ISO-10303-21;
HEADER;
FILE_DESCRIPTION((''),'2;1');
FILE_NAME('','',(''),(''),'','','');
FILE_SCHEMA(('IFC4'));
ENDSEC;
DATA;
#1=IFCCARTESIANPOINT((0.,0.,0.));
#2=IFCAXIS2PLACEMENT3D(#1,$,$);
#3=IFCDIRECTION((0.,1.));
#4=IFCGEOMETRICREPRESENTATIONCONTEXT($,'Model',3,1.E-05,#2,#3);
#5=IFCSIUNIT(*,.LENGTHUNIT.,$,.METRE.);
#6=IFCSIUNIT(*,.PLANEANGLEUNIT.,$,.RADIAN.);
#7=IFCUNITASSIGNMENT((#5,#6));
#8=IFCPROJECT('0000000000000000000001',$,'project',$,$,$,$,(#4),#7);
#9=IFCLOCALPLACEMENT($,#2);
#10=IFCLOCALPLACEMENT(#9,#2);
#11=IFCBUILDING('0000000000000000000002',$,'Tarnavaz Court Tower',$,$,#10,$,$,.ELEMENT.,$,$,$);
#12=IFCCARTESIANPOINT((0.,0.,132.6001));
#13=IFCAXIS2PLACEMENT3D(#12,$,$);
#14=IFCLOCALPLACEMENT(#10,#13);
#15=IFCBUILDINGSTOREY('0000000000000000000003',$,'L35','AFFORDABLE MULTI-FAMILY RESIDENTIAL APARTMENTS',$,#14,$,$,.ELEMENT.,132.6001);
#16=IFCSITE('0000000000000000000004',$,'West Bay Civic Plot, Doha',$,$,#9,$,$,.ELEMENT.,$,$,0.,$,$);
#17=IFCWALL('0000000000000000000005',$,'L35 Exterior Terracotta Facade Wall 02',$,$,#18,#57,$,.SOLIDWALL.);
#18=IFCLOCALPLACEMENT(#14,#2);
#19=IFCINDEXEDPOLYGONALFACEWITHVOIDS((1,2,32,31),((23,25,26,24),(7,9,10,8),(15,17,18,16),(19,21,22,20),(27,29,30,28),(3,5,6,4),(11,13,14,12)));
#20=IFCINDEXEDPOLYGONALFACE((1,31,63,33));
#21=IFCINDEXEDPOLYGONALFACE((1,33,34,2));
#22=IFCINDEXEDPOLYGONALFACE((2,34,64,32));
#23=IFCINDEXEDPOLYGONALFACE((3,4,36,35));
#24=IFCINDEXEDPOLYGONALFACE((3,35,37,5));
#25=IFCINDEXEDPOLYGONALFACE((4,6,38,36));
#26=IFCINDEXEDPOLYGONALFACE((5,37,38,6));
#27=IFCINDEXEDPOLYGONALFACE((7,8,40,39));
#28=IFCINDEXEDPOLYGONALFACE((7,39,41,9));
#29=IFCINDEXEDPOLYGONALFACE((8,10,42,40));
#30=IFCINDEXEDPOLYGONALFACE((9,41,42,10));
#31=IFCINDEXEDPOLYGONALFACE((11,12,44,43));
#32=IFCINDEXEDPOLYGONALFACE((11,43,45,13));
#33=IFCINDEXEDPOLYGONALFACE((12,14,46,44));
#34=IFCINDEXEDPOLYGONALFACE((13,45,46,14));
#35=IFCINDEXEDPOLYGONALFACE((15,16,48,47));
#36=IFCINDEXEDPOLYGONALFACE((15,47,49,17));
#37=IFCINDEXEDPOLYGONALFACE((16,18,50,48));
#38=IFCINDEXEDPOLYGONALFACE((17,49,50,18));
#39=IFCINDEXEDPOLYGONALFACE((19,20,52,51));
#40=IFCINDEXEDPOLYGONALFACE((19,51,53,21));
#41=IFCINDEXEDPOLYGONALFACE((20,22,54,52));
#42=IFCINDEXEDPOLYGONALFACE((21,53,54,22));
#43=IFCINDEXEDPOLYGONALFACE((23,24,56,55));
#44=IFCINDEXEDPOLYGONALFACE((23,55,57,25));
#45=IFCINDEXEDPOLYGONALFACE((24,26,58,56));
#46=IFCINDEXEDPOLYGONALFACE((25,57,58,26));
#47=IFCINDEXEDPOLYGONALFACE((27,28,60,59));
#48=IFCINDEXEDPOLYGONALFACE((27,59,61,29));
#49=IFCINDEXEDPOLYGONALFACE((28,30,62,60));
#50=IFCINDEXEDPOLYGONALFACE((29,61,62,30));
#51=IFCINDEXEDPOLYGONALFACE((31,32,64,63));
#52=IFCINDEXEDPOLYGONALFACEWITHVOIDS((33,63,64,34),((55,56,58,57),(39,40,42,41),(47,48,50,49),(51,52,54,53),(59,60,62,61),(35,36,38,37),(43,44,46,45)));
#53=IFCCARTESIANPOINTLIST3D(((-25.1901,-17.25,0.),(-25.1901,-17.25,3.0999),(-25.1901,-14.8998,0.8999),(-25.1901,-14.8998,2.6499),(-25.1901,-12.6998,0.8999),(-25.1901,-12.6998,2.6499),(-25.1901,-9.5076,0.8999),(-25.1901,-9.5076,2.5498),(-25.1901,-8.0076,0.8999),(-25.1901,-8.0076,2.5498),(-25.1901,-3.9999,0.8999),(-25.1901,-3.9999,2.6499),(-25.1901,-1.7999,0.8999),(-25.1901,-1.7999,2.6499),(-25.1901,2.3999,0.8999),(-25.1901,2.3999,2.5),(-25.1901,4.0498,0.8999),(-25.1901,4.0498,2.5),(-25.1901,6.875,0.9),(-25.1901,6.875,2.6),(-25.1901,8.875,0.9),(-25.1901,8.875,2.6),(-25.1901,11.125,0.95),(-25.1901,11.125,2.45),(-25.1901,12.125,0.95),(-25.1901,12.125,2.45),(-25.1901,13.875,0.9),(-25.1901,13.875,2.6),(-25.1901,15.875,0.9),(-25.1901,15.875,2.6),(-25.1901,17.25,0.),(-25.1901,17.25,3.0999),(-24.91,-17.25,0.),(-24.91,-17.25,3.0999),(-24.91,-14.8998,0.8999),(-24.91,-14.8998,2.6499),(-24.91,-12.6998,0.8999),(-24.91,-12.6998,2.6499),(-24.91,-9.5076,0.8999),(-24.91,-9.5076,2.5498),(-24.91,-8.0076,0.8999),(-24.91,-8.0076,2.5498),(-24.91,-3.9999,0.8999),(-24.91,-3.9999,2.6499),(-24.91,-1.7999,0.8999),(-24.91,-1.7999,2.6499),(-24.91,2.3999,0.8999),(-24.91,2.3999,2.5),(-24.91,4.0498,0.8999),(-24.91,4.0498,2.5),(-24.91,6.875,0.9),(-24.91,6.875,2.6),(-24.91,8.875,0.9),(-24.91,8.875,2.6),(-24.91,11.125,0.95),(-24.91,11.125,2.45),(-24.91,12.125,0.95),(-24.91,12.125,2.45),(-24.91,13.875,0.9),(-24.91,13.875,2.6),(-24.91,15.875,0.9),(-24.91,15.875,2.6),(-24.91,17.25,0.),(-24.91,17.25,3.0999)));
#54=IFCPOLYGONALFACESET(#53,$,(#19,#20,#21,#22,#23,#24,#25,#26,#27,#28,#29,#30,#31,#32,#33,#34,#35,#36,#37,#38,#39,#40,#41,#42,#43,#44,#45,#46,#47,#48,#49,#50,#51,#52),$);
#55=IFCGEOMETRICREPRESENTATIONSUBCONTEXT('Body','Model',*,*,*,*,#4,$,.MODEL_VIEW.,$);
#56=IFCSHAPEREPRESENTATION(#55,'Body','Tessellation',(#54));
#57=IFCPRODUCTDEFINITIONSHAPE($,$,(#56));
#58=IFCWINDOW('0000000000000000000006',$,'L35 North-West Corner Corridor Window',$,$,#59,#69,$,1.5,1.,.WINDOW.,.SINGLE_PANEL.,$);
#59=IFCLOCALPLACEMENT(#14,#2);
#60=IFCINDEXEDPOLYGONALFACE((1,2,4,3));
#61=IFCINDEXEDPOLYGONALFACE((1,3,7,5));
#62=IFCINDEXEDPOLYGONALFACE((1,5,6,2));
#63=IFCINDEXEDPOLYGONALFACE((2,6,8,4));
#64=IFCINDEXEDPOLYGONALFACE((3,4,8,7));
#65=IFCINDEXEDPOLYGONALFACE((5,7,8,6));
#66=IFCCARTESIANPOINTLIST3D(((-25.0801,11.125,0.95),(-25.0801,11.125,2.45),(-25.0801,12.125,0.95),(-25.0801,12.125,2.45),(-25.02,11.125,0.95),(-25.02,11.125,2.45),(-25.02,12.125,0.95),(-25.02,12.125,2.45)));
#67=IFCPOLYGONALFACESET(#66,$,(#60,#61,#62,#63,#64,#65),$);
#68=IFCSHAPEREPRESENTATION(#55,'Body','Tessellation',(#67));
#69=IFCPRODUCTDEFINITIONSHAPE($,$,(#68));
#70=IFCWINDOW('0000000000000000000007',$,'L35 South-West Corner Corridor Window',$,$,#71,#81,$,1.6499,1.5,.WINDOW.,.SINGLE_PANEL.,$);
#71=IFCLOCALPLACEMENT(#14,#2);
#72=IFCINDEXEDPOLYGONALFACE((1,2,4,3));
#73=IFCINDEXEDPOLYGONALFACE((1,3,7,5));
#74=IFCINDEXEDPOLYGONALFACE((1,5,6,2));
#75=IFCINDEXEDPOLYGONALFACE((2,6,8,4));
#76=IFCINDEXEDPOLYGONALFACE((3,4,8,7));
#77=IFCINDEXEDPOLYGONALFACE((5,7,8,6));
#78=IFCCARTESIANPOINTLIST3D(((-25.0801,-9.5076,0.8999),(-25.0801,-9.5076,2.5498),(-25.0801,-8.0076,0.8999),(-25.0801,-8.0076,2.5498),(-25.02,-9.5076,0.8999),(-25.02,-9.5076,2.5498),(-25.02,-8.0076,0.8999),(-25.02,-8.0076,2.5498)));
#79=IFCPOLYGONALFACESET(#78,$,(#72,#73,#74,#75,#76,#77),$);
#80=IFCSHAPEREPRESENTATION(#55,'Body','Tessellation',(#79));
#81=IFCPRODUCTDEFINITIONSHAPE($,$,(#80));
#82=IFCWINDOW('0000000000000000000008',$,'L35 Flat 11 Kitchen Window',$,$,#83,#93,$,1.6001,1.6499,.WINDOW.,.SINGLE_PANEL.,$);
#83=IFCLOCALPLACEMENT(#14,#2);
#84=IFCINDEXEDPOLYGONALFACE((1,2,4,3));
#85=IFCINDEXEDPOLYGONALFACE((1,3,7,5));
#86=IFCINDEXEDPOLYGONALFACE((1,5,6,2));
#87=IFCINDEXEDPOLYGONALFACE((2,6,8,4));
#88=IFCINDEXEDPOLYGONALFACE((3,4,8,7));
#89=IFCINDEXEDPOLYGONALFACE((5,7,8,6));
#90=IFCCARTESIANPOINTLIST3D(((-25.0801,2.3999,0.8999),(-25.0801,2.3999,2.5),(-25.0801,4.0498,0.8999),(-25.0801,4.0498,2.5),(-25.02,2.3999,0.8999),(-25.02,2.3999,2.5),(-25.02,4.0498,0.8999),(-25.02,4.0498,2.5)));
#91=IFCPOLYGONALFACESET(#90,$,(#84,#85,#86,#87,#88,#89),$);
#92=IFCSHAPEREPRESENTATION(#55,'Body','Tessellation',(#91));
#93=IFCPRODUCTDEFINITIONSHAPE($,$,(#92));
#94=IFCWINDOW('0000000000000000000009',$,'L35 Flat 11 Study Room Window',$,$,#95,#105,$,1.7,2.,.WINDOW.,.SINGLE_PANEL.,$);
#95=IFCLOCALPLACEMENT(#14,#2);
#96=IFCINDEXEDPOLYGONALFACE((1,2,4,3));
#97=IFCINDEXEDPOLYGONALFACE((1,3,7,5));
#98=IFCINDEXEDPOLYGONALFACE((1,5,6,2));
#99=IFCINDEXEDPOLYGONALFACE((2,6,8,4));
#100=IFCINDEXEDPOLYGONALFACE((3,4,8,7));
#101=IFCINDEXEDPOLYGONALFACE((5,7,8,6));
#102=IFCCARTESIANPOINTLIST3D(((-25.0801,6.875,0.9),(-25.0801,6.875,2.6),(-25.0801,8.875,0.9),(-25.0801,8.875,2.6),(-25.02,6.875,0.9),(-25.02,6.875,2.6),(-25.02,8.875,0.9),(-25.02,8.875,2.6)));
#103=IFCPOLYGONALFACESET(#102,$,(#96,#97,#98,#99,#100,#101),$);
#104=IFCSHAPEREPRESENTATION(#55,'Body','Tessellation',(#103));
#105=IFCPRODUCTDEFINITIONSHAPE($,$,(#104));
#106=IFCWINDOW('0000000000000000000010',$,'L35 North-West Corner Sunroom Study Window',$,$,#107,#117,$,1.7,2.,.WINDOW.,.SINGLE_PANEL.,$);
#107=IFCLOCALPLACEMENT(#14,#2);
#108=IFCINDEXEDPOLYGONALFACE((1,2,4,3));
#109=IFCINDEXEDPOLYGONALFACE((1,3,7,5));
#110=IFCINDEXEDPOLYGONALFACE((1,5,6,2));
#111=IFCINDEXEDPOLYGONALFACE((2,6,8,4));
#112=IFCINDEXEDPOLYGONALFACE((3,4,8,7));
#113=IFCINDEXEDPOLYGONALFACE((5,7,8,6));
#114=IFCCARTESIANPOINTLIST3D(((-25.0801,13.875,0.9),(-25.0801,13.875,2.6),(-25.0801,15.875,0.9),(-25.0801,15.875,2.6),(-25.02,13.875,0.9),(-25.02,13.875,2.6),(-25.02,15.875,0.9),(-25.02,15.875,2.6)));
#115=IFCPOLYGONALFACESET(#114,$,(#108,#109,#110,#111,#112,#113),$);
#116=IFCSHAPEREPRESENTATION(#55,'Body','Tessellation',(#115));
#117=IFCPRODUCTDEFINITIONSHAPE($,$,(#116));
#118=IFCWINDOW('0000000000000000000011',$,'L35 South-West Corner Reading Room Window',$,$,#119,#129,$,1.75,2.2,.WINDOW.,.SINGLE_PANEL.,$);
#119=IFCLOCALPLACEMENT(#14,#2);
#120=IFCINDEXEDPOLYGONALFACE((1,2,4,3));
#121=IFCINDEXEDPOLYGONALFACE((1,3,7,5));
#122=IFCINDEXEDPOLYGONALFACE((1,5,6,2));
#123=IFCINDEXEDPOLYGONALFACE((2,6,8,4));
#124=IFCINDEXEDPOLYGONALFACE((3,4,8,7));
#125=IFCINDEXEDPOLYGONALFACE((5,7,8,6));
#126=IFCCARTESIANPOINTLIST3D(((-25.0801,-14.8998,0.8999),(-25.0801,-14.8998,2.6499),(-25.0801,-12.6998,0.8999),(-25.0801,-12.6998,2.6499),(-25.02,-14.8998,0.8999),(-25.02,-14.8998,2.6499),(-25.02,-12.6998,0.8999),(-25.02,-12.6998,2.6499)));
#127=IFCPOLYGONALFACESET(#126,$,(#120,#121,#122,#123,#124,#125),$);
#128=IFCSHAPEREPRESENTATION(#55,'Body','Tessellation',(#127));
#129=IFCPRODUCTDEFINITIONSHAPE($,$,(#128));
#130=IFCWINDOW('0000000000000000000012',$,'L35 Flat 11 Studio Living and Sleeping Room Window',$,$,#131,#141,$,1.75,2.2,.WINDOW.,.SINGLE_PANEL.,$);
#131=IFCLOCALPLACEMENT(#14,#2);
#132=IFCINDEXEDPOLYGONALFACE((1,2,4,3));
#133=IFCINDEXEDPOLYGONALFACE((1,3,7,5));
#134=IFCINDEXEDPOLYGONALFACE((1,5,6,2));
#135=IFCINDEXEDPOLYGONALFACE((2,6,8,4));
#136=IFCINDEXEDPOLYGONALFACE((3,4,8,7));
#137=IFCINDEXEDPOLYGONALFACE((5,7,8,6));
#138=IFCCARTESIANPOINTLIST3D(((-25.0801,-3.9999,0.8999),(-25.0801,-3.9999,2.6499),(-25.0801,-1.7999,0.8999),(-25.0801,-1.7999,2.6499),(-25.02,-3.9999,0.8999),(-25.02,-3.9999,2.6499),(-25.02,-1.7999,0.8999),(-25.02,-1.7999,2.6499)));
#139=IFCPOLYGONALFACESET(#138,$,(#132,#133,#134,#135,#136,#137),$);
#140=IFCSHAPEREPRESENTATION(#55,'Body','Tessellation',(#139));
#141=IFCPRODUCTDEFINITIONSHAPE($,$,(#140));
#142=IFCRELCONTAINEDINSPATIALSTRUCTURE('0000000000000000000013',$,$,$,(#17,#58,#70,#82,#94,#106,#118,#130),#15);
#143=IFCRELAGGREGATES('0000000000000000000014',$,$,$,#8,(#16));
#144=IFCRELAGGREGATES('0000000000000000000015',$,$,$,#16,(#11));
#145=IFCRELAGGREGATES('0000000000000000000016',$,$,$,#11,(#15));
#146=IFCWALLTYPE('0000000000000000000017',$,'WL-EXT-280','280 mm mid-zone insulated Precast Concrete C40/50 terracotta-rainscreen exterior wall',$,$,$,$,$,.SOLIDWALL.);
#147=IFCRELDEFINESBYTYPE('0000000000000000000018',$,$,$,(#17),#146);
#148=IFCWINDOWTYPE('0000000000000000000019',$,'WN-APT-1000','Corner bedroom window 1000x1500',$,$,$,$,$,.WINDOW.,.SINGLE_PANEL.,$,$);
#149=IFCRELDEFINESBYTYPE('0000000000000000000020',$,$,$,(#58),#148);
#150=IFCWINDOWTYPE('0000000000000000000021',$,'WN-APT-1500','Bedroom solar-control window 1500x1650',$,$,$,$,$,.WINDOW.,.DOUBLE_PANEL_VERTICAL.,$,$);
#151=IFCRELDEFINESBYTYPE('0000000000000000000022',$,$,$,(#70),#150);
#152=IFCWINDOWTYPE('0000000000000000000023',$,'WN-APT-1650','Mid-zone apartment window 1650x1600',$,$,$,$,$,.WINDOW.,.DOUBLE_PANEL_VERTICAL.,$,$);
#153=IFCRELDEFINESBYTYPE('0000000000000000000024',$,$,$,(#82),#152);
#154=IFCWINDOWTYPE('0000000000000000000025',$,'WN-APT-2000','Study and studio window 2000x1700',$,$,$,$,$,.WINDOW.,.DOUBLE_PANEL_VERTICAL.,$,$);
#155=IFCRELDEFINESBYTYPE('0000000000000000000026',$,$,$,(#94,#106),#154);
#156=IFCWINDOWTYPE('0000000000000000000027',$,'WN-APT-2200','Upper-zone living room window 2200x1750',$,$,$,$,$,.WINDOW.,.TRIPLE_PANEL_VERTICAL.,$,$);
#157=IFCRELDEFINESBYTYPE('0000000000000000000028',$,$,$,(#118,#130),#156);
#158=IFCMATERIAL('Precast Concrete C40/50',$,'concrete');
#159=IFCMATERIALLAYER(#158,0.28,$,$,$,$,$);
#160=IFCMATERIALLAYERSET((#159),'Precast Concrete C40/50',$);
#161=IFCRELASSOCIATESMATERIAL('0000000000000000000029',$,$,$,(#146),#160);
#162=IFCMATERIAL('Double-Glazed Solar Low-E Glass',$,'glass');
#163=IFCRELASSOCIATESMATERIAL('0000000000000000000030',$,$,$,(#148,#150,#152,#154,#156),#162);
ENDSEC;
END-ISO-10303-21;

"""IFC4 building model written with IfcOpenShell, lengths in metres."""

from ifc_helpers import new_model, si_unit, direction, frame, frame_2d, origin, place, context, subcontext, project, spatial, rectangle, extrude, material, layer, layer_set, type_object, element, fill, save


model = new_model("IFC4")

# Units and contexts
model_context = context("Model", 3, precision=1e-05, world=origin(), true_north=direction((0.0, 1.0)))
body_context = subcontext(model_context, "Body", "Model", "MODEL_VIEW")
ifc_project = project(units=[si_unit("LENGTHUNIT", "METRE"), si_unit("PLANEANGLEUNIT", "RADIAN")], contexts=[model_context])

# Site, building, storey
site_placement = place(None, origin())
site = spatial("IfcSite", under=ifc_project, at=site_placement, Name="West Bay Civic Plot, Doha", CompositionType="ELEMENT", RefElevation=0.0)
building_placement = place(site_placement, origin())
building = spatial("IfcBuilding", under=site, at=building_placement, Name="Tarnavaz Court Tower", CompositionType="ELEMENT")
storey_placement = place(building_placement, frame((0.0, 0.0, 132.6001)))
storey = spatial("IfcBuildingStorey", under=building, at=storey_placement, Name="L35", Description="AFFORDABLE MULTI-FAMILY RESIDENTIAL APARTMENTS", CompositionType="ELEMENT", Elevation=132.6001)

# Shared definitions
ifc_material_1 = material(Name="Precast Concrete C40/50", Category="concrete")
ifc_layer_1 = layer(ifc_material_1, 0.28)
ifc_layer_set_1 = layer_set([ifc_layer_1], Name="Precast Concrete C40/50")
wall_type_1 = type_object("IfcWallType", Name="WL-EXT-280", Description="280 mm mid-zone insulated Precast Concrete C40/50 terracotta-rainscreen exterior wall", PredefinedType="SOLIDWALL", material=ifc_layer_set_1)
ifc_material_2 = material(Name="Double-Glazed Solar Low-E Glass", Category="glass")

# Wall, openings, windows
wall_1_placement = place(storey_placement, frame((-25.05, -17.25, 0.0), z_axis=(0.0, 0.0, 1.0), x_axis=(0.0, 1.0, 0.0)))
wall_1 = element("IfcWall", 1, at=wall_1_placement, inside=storey, type_object=wall_type_1, Name="L35 Exterior Terracotta Facade Wall 02", PredefinedType="SOLIDWALL", context=body_context, shape_type="SweptSolid", body=[
    extrude(rectangle(XDim=34.5, YDim=0.28, at=frame_2d((17.25, 0.0))), origin(), (0.0, 0.0, 1.0), 3.0999),
])
opening_1_placement = place(wall_1_placement, frame((2.3501, 0.0, 0.8999)))
opening_1 = element("IfcOpeningElement", 2, at=opening_1_placement, cuts=wall_1, PredefinedType="OPENING", context=body_context, shape_type="SweptSolid", body=[
    extrude(rectangle(XDim=2.2, YDim=1.75, at=frame_2d((1.1001, 0.875))), frame((0.0, 0.1499, 0.0), z_axis=(0.0, -1.0, 0.0), x_axis=(1.0, 0.0, 0.0)), (0.0, 0.0, 1.0), 0.3),
])
opening_2_placement = place(wall_1_placement, frame((7.7424, 0.0, 0.8999)))
opening_2 = element("IfcOpeningElement", 3, at=opening_2_placement, cuts=wall_1, PredefinedType="OPENING", context=body_context, shape_type="SweptSolid", body=[
    extrude(rectangle(XDim=1.5, YDim=1.6499, at=frame_2d((0.75, 0.825))), frame((0.0, 0.1499, 0.0), z_axis=(0.0, -1.0, 0.0), x_axis=(1.0, 0.0, 0.0)), (0.0, 0.0, 1.0), 0.3),
])
opening_3_placement = place(wall_1_placement, frame((13.25, 0.0, 0.8999)))
opening_3 = element("IfcOpeningElement", 4, at=opening_3_placement, cuts=wall_1, PredefinedType="OPENING", context=body_context, shape_type="SweptSolid", body=[
    extrude(rectangle(XDim=2.2, YDim=1.75, at=frame_2d((1.1001, 0.875))), frame((0.0, 0.1499, 0.0), z_axis=(0.0, -1.0, 0.0), x_axis=(1.0, 0.0, 0.0)), (0.0, 0.0, 1.0), 0.3),
])
opening_4_placement = place(wall_1_placement, frame((19.6499, 0.0, 0.8999)))
opening_4 = element("IfcOpeningElement", 5, at=opening_4_placement, cuts=wall_1, PredefinedType="OPENING", context=body_context, shape_type="SweptSolid", body=[
    extrude(rectangle(XDim=1.6499, YDim=1.6001, at=frame_2d((0.825, 0.8))), frame((0.0, 0.1499, 0.0), z_axis=(0.0, -1.0, 0.0), x_axis=(1.0, 0.0, 0.0)), (0.0, 0.0, 1.0), 0.3),
])
opening_5_placement = place(wall_1_placement, frame((24.125, 0.0, 0.8999)))
opening_5 = element("IfcOpeningElement", 6, at=opening_5_placement, cuts=wall_1, PredefinedType="OPENING", context=body_context, shape_type="SweptSolid", body=[
    extrude(rectangle(XDim=2.0, YDim=1.7, at=frame_2d((1.0, 0.8501))), frame((0.0, 0.1499, 0.0), z_axis=(0.0, -1.0, 0.0), x_axis=(1.0, 0.0, 0.0)), (0.0, 0.0, 1.0), 0.3),
])
opening_6_placement = place(wall_1_placement, frame((28.375, 0.0, 0.95)))
opening_6 = element("IfcOpeningElement", 7, at=opening_6_placement, cuts=wall_1, PredefinedType="OPENING", context=body_context, shape_type="SweptSolid", body=[
    extrude(rectangle(XDim=1.0, YDim=1.5, at=frame_2d((0.5, 0.75))), frame((0.0, 0.1499, 0.0), z_axis=(0.0, -1.0, 0.0), x_axis=(1.0, 0.0, 0.0)), (0.0, 0.0, 1.0), 0.3),
])
opening_7_placement = place(wall_1_placement, frame((31.125, 0.0, 0.8999)))
opening_7 = element("IfcOpeningElement", 8, at=opening_7_placement, cuts=wall_1, PredefinedType="OPENING", context=body_context, shape_type="SweptSolid", body=[
    extrude(rectangle(XDim=2.0, YDim=1.7, at=frame_2d((1.0, 0.8501))), frame((0.0, 0.1499, 0.0), z_axis=(0.0, -1.0, 0.0), x_axis=(1.0, 0.0, 0.0)), (0.0, 0.0, 1.0), 0.3),
])
window_type_1 = type_object("IfcWindowType", Name="WN-APT-1000", Description="Corner bedroom window 1000x1500", PartitioningType="SINGLE_PANEL", PredefinedType="WINDOW", material=ifc_material_2)
window_1_placement = place(opening_6_placement, origin())
window_1 = element("IfcWindow", 9, at=window_1_placement, inside=storey, type_object=window_type_1, Name="L35 North-West Corner Corridor Window", OverallHeight=1.5, OverallWidth=1.0, PartitioningType="SINGLE_PANEL", PredefinedType="WINDOW", context=body_context, shape_type="SweptSolid", body=[
    extrude(rectangle(XDim=1.0, YDim=1.5, at=frame_2d((0.5, 0.75))), frame((0.0, 0.03, 0.0), z_axis=(0.0, -1.0, 0.0), x_axis=(1.0, 0.0, 0.0)), (0.0, 0.0, 1.0), 0.0601),
])
fill(opening_6, window_1)
window_type_2 = type_object("IfcWindowType", Name="WN-APT-1500", Description="Bedroom solar-control window 1500x1650", PartitioningType="DOUBLE_PANEL_VERTICAL", PredefinedType="WINDOW", material=ifc_material_2)
window_2_placement = place(opening_2_placement, origin())
window_2 = element("IfcWindow", 10, at=window_2_placement, inside=storey, type_object=window_type_2, Name="L35 South-West Corner Corridor Window", OverallHeight=1.6499, OverallWidth=1.5, PartitioningType="SINGLE_PANEL", PredefinedType="WINDOW", context=body_context, shape_type="SweptSolid", body=[
    extrude(rectangle(XDim=1.5, YDim=1.6499, at=frame_2d((0.75, 0.825))), frame((0.0, 0.03, 0.0), z_axis=(0.0, -1.0, 0.0), x_axis=(1.0, 0.0, 0.0)), (0.0, 0.0, 1.0), 0.0601),
])
fill(opening_2, window_2)
window_type_3 = type_object("IfcWindowType", Name="WN-APT-1650", Description="Mid-zone apartment window 1650x1600", PartitioningType="DOUBLE_PANEL_VERTICAL", PredefinedType="WINDOW", material=ifc_material_2)
window_3_placement = place(opening_4_placement, origin())
window_3 = element("IfcWindow", 11, at=window_3_placement, inside=storey, type_object=window_type_3, Name="L35 Flat 11 Kitchen Window", OverallHeight=1.6001, OverallWidth=1.6499, PartitioningType="SINGLE_PANEL", PredefinedType="WINDOW", context=body_context, shape_type="SweptSolid", body=[
    extrude(rectangle(XDim=1.6499, YDim=1.6001, at=frame_2d((0.825, 0.8))), frame((0.0, 0.03, 0.0), z_axis=(0.0, -1.0, 0.0), x_axis=(1.0, 0.0, 0.0)), (0.0, 0.0, 1.0), 0.0601),
])
fill(opening_4, window_3)
window_type_4 = type_object("IfcWindowType", Name="WN-APT-2000", Description="Study and studio window 2000x1700", PartitioningType="DOUBLE_PANEL_VERTICAL", PredefinedType="WINDOW", material=ifc_material_2)
window_4_placement = place(opening_5_placement, origin())
window_4 = element("IfcWindow", 12, at=window_4_placement, inside=storey, type_object=window_type_4, Name="L35 Flat 11 Study Room Window", OverallHeight=1.7, OverallWidth=2.0, PartitioningType="SINGLE_PANEL", PredefinedType="WINDOW", context=body_context, shape_type="SweptSolid", body=[
    extrude(rectangle(XDim=2.0, YDim=1.7, at=frame_2d((1.0, 0.8501))), frame((0.0, 0.03, 0.0), z_axis=(0.0, -1.0, 0.0), x_axis=(1.0, 0.0, 0.0)), (0.0, 0.0, 1.0), 0.0601),
])
fill(opening_5, window_4)
window_5_placement = place(opening_7_placement, origin())
window_5 = element("IfcWindow", 13, at=window_5_placement, inside=storey, type_object=window_type_4, Name="L35 North-West Corner Sunroom Study Window", OverallHeight=1.7, OverallWidth=2.0, PartitioningType="SINGLE_PANEL", PredefinedType="WINDOW", context=body_context, shape_type="SweptSolid", body=[
    extrude(rectangle(XDim=2.0, YDim=1.7, at=frame_2d((1.0, 0.8501))), frame((0.0, 0.03, 0.0), z_axis=(0.0, -1.0, 0.0), x_axis=(1.0, 0.0, 0.0)), (0.0, 0.0, 1.0), 0.0601),
])
fill(opening_7, window_5)
window_type_5 = type_object("IfcWindowType", Name="WN-APT-2200", Description="Upper-zone living room window 2200x1750", PartitioningType="TRIPLE_PANEL_VERTICAL", PredefinedType="WINDOW", material=ifc_material_2)
window_6_placement = place(opening_1_placement, origin())
window_6 = element("IfcWindow", 14, at=window_6_placement, inside=storey, type_object=window_type_5, Name="L35 South-West Corner Reading Room Window", OverallHeight=1.75, OverallWidth=2.2, PartitioningType="SINGLE_PANEL", PredefinedType="WINDOW", context=body_context, shape_type="SweptSolid", body=[
    extrude(rectangle(XDim=2.2, YDim=1.75, at=frame_2d((1.1001, 0.875))), frame((0.0, 0.03, 0.0), z_axis=(0.0, -1.0, 0.0), x_axis=(1.0, 0.0, 0.0)), (0.0, 0.0, 1.0), 0.0601),
])
fill(opening_1, window_6)
window_7_placement = place(opening_3_placement, origin())
window_7 = element("IfcWindow", 15, at=window_7_placement, inside=storey, type_object=window_type_5, Name="L35 Flat 11 Studio Living and Sleeping Room Window", OverallHeight=1.75, OverallWidth=2.2, PartitioningType="SINGLE_PANEL", PredefinedType="WINDOW", context=body_context, shape_type="SweptSolid", body=[
    extrude(rectangle(XDim=2.2, YDim=1.75, at=frame_2d((1.1001, 0.875))), frame((0.0, 0.03, 0.0), z_axis=(0.0, -1.0, 0.0), x_axis=(1.0, 0.0, 0.0)), (0.0, 0.0, 1.0), 0.0601),
])
fill(opening_3, window_7)

save(model, "model.ifc")
